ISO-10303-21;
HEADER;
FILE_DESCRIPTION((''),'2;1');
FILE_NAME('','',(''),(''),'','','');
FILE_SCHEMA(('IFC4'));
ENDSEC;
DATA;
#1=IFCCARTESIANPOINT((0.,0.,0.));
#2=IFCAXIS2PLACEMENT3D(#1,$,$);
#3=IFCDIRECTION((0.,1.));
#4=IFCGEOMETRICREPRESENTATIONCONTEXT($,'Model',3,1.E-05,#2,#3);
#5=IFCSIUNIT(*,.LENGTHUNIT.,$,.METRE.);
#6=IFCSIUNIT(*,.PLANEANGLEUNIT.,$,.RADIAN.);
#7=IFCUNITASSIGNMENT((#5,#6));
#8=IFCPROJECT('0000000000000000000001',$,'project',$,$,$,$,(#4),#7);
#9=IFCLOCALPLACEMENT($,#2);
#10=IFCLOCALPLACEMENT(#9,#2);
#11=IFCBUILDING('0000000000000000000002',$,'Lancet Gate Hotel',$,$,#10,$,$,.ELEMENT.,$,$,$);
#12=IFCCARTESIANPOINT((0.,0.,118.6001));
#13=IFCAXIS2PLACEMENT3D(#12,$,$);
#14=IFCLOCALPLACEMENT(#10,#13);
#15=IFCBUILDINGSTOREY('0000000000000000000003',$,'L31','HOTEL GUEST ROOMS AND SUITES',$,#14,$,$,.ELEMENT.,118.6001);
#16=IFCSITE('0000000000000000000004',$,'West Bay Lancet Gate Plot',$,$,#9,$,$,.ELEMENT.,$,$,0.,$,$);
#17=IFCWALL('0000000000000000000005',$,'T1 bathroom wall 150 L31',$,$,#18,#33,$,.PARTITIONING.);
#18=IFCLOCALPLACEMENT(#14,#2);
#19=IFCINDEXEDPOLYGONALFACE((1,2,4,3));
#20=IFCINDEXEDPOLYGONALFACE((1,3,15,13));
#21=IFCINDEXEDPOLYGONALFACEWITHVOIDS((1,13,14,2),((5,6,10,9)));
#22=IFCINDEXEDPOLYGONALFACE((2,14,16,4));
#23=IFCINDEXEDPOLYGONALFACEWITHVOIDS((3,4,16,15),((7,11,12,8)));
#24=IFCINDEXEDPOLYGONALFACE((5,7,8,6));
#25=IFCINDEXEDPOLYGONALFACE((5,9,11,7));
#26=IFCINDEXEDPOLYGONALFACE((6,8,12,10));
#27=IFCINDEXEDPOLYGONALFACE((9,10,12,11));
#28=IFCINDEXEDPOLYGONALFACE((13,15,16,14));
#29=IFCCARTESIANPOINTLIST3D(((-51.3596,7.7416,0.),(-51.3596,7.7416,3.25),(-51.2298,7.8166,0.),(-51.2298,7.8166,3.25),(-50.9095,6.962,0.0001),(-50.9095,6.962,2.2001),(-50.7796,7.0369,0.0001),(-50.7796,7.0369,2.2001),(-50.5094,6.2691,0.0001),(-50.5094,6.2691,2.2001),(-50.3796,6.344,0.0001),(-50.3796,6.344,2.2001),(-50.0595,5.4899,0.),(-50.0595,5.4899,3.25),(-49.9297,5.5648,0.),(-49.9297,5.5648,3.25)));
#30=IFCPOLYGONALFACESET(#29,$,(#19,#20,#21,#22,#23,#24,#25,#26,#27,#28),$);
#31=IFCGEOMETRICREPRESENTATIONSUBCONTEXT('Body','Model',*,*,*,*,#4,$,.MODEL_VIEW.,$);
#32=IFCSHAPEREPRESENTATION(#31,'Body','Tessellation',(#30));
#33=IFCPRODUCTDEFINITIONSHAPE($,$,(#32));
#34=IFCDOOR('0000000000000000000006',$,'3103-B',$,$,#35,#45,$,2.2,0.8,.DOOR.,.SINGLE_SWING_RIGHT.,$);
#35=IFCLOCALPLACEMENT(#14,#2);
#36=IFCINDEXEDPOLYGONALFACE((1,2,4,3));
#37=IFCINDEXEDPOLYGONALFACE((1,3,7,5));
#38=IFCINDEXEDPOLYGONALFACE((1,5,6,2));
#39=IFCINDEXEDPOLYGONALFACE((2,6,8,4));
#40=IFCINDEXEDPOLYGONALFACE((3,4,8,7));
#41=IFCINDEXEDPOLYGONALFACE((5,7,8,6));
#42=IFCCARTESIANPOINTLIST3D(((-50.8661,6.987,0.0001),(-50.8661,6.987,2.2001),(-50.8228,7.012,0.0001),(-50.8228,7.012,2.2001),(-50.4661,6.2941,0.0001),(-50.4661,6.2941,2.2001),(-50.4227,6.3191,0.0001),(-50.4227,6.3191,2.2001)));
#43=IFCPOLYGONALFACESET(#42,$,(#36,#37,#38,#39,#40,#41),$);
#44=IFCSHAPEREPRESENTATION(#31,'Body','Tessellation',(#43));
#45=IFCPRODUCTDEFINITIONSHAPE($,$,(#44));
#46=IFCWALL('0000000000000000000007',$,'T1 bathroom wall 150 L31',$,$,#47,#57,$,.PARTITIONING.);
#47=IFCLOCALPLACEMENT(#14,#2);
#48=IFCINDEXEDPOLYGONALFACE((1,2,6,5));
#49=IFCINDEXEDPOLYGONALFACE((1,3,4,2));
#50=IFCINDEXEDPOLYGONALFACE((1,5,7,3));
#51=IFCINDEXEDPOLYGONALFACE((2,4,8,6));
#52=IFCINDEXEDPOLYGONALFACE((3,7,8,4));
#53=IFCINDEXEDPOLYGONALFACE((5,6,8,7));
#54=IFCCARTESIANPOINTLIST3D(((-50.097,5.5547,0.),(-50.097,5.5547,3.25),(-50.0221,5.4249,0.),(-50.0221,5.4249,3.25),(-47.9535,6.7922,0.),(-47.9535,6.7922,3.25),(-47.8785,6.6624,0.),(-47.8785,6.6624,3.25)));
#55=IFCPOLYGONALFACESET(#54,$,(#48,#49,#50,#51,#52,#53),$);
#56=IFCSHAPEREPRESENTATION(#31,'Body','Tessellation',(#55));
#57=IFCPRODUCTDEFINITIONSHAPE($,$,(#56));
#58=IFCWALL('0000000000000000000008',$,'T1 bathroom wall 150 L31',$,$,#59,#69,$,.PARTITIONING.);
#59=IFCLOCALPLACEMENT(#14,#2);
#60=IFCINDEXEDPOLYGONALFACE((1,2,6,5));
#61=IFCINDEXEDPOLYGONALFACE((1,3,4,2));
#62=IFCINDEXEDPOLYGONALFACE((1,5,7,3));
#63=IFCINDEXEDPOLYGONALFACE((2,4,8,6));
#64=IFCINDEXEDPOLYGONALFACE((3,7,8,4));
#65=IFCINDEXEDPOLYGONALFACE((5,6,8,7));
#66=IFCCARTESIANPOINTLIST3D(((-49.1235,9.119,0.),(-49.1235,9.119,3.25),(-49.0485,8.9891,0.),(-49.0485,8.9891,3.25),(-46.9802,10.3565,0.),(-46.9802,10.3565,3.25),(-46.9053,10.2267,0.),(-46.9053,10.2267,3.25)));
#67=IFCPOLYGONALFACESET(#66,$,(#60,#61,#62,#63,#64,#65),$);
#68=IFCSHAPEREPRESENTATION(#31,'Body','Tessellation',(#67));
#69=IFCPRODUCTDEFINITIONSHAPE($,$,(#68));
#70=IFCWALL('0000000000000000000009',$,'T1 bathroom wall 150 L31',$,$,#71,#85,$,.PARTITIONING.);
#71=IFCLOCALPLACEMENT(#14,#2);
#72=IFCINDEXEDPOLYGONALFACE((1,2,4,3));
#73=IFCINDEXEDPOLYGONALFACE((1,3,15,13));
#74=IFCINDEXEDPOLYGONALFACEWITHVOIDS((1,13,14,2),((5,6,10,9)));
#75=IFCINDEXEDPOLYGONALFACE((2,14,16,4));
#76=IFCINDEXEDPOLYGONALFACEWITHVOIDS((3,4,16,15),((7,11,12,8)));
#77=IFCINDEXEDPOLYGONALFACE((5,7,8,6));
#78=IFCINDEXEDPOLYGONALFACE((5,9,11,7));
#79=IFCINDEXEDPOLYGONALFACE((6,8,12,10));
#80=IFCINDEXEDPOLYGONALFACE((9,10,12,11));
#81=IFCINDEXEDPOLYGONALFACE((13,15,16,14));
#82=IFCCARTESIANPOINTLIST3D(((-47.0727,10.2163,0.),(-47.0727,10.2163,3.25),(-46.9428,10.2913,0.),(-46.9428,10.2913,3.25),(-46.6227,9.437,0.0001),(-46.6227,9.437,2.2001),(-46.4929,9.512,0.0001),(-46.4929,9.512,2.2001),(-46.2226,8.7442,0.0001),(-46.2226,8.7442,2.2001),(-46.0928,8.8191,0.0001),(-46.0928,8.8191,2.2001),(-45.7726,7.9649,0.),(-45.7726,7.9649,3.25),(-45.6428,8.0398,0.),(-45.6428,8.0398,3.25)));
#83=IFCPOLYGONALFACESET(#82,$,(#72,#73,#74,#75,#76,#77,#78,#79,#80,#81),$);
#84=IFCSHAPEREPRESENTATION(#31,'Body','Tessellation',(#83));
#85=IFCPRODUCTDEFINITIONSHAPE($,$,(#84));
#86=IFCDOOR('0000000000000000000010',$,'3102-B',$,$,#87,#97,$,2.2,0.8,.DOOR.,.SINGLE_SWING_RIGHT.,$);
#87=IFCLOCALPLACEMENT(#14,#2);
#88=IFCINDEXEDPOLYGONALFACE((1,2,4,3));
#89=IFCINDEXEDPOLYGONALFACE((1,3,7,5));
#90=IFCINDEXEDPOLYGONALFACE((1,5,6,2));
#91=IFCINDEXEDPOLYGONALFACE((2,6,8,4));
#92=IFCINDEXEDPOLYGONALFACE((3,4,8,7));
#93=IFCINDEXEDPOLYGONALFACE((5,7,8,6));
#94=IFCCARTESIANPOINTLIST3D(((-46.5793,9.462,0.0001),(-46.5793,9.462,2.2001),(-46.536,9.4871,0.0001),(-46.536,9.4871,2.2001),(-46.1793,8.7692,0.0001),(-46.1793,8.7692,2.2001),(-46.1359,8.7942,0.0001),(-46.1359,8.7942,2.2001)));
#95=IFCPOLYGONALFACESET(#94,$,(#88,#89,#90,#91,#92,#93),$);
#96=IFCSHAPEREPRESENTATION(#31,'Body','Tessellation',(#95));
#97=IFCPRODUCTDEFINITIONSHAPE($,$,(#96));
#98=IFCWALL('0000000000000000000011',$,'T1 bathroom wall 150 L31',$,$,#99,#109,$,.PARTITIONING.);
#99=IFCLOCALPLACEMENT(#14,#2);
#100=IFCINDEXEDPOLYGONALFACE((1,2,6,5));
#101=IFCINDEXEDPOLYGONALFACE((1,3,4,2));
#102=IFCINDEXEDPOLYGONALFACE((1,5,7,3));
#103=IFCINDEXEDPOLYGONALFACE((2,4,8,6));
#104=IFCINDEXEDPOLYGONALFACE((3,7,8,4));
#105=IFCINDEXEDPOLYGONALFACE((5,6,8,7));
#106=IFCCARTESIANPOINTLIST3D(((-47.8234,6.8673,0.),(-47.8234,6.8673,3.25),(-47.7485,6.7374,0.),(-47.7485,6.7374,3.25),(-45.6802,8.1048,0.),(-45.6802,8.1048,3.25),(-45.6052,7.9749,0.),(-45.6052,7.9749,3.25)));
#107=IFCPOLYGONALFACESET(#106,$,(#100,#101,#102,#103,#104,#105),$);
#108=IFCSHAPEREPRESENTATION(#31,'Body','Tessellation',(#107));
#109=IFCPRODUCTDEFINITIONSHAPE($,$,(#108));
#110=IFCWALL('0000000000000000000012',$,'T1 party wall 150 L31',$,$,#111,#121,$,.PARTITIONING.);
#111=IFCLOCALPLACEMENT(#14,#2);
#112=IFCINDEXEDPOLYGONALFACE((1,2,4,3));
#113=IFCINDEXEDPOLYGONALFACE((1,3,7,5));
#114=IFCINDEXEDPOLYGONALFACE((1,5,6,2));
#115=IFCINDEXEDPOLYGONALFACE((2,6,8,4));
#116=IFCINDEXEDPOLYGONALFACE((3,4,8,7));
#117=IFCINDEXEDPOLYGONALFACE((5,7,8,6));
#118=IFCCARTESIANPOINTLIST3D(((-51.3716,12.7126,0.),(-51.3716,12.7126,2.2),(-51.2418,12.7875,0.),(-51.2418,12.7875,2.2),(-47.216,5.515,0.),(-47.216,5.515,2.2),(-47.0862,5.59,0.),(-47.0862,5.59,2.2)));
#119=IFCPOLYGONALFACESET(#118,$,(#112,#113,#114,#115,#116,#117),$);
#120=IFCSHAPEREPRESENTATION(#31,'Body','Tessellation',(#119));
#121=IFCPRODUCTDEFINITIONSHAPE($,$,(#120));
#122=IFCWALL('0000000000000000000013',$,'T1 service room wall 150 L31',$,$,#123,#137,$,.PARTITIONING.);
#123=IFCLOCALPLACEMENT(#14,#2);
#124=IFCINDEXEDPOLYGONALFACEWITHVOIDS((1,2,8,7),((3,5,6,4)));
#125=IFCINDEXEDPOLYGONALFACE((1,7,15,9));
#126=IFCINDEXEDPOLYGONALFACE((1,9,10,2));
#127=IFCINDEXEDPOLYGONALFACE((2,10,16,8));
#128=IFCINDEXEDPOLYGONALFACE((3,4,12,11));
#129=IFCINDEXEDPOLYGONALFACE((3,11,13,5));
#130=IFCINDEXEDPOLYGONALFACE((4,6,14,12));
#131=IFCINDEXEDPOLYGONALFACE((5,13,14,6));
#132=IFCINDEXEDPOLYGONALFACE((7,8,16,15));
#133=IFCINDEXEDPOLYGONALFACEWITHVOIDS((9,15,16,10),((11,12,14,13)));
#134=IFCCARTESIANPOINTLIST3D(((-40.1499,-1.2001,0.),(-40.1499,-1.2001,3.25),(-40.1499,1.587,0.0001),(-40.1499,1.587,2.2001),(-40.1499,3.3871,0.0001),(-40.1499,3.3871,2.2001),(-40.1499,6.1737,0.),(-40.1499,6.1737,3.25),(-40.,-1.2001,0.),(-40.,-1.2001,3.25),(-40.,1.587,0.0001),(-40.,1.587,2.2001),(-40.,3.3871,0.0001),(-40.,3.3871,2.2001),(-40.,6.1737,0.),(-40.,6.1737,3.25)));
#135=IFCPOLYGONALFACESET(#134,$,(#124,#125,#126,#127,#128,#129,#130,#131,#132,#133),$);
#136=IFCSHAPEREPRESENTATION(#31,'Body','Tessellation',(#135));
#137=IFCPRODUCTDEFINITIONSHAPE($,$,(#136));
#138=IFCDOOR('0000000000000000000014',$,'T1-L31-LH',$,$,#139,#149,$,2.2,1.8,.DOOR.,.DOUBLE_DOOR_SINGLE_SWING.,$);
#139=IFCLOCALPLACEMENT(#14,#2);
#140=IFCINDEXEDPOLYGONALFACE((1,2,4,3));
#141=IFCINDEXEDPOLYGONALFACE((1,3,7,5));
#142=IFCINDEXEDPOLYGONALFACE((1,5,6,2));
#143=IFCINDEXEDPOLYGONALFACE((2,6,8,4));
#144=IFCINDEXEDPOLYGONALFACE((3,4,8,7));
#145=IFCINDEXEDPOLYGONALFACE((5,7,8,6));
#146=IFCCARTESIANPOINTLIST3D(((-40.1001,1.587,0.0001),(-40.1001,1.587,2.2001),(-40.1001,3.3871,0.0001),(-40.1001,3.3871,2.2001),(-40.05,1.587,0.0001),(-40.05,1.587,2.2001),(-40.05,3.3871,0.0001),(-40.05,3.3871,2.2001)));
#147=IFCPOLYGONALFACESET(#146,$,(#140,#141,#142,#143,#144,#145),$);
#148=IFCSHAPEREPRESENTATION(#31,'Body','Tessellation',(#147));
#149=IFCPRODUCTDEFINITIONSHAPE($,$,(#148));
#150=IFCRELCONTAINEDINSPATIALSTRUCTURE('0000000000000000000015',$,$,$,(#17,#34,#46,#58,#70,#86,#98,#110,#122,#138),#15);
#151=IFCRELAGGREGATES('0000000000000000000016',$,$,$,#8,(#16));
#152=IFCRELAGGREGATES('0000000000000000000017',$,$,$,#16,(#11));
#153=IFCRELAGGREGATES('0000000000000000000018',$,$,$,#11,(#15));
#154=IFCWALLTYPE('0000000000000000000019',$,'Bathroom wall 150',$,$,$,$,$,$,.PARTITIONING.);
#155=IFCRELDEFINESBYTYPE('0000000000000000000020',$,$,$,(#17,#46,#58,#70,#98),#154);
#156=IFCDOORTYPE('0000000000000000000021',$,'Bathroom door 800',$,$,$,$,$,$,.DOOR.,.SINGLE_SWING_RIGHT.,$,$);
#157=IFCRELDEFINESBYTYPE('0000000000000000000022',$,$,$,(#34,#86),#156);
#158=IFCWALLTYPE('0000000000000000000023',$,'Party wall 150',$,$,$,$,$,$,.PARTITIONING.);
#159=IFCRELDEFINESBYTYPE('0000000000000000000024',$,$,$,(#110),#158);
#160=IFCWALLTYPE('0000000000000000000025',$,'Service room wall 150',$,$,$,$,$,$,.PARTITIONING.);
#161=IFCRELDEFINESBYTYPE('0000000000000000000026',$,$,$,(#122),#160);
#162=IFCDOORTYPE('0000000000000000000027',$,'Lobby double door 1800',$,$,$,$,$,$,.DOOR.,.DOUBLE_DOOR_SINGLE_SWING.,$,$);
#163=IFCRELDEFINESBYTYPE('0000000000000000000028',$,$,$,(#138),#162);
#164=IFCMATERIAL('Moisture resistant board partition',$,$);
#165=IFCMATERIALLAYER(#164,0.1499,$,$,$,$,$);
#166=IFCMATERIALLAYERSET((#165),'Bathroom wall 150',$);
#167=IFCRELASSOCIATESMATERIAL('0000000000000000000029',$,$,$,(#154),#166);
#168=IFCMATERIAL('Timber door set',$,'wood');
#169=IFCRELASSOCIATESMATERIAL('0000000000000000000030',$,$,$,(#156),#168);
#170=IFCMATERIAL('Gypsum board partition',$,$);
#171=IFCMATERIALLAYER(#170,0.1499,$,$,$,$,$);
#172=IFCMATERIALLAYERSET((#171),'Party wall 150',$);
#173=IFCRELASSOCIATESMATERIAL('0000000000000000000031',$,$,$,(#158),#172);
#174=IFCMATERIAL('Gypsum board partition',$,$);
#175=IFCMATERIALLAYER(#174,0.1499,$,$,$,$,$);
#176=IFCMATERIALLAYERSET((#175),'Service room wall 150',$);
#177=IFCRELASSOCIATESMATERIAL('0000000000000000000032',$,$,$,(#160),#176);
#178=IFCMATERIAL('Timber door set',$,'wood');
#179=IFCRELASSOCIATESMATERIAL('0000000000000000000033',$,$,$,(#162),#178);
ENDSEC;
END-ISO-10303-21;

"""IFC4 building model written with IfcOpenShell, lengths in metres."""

from ifc_helpers import new_model, si_unit, direction, frame, frame_2d, origin, place, context, subcontext, project, spatial, rectangle, extrude, material, layer, layer_set, type_object, element, fill, save


model = new_model("IFC4")

# Units and contexts
model_context = context("Model", 3, precision=1e-05, world=origin(), true_north=direction((0.0, 1.0)))
body_context = subcontext(model_context, "Body", "Model", "MODEL_VIEW")
ifc_project = project(units=[si_unit("LENGTHUNIT", "METRE"), si_unit("PLANEANGLEUNIT", "RADIAN")], contexts=[model_context])

# Site, building, storey
site_placement = place(None, origin())
site = spatial("IfcSite", under=ifc_project, at=site_placement, Name="West Bay Lancet Gate Plot", CompositionType="ELEMENT", RefElevation=0.0)
building_placement = place(site_placement, origin())
building = spatial("IfcBuilding", under=site, at=building_placement, Name="Lancet Gate Hotel", CompositionType="ELEMENT")
storey_placement = place(building_placement, frame((0.0, 0.0, 118.6001)))
storey = spatial("IfcBuildingStorey", under=building, at=storey_placement, Name="L31", Description="HOTEL GUEST ROOMS AND SUITES", CompositionType="ELEMENT", Elevation=118.6001)

# Shared definitions
ifc_material_1 = material(Name="Moisture resistant board partition")
ifc_layer_1 = layer(ifc_material_1, 0.1499)
ifc_layer_set_1 = layer_set([ifc_layer_1], Name="Bathroom wall 150")
wall_type_1 = type_object("IfcWallType", Name="Bathroom wall 150", PredefinedType="PARTITIONING", material=ifc_layer_set_1)

# Wall, opening, door
wall_1_placement = place(storey_placement, frame((-49.9946, 5.5273, 0.0), z_axis=(0.0, 0.0, 1.0), x_axis=(-0.500007, 0.866021, 0.0)))
wall_1 = element("IfcWall", 1, at=wall_1_placement, inside=storey, type_object=wall_type_1, Name="T1 bathroom wall 150 L31", PredefinedType="PARTITIONING", context=body_context, shape_type="SweptSolid", body=[
    extrude(rectangle(XDim=2.6001, YDim=0.1499, at=frame_2d((1.3, 0.0))), origin(), (0.0, 0.0, 1.0), 3.25),
])
opening_1_placement = place(wall_1_placement, frame((0.8999, 0.0, 0.0)))
opening_1 = element("IfcOpeningElement", 2, at=opening_1_placement, cuts=wall_1, PredefinedType="OPENING", context=body_context, shape_type="SweptSolid", body=[
    extrude(rectangle(XDim=0.8, YDim=2.2, at=frame_2d((0.3999, 1.1001))), frame((0.0, 0.085, 0.0), z_axis=(0.0, -1.0, 0.0), x_axis=(1.0, 0.0, 0.0)), (0.0, 0.0, 1.0), 0.1699),
])
ifc_material_2 = material(Name="Timber door set", Category="wood")
door_type_1 = type_object("IfcDoorType", Name="Bathroom door 800", OperationType="SINGLE_SWING_RIGHT", PredefinedType="DOOR", material=ifc_material_2)
door_1_placement = place(opening_1_placement, origin())
door_1 = element("IfcDoor", 3, at=door_1_placement, inside=storey, type_object=door_type_1, Name="3103-B", OperationType="SINGLE_SWING_RIGHT", OverallHeight=2.2, OverallWidth=0.8, PredefinedType="DOOR", context=body_context, shape_type="SweptSolid", body=[
    extrude(rectangle(XDim=0.8, YDim=2.2, at=frame_2d((0.3999, 1.1001))), frame((0.0, 0.0249, 0.0), z_axis=(0.0, -1.0, 0.0), x_axis=(1.0, 0.0, 0.0)), (0.0, 0.0, 1.0), 0.05),
])
fill(opening_1, door_1)

# Walls
wall_2_placement = place(storey_placement, frame((-47.916, 6.7273, 0.0), z_axis=(0.0, 0.0, 1.0), x_axis=(-0.866031, -0.49999, 0.0)))
element("IfcWall", 4, at=wall_2_placement, inside=storey, type_object=wall_type_1, Name="T1 bathroom wall 150 L31", PredefinedType="PARTITIONING", context=body_context, shape_type="SweptSolid", body=[
    extrude(rectangle(XDim=2.4751, YDim=0.1499, at=frame_2d((1.2375, 0.0))), origin(), (0.0, 0.0, 1.0), 3.25),
])
wall_3_placement = place(storey_placement, frame((-46.9429, 10.2915, 0.0), z_axis=(0.0, 0.0, 1.0), x_axis=(-0.866007, -0.500033, 0.0)))
element("IfcWall", 5, at=wall_3_placement, inside=storey, type_object=wall_type_1, Name="T1 bathroom wall 150 L31", PredefinedType="PARTITIONING", context=body_context, shape_type="SweptSolid", body=[
    extrude(rectangle(XDim=2.4749, YDim=0.1499, at=frame_2d((1.2373, 0.0))), origin(), (0.0, 0.0, 1.0), 3.25),
])

# Wall, opening, door
wall_4_placement = place(storey_placement, frame((-45.7078, 8.0024, 0.0), z_axis=(0.0, 0.0, 1.0), x_axis=(-0.500048, 0.865998, 0.0)))
wall_4 = element("IfcWall", 6, at=wall_4_placement, inside=storey, type_object=wall_type_1, Name="T1 bathroom wall 150 L31", PredefinedType="PARTITIONING", context=body_context, shape_type="SweptSolid", body=[
    extrude(rectangle(XDim=2.5999, YDim=0.1499, at=frame_2d((1.2998, 0.0))), origin(), (0.0, 0.0, 1.0), 3.25),
])
opening_2_placement = place(wall_4_placement, frame((0.8999, 0.0, 0.0)))
opening_2 = element("IfcOpeningElement", 7, at=opening_2_placement, cuts=wall_4, PredefinedType="OPENING", context=body_context, shape_type="SweptSolid", body=[
    extrude(rectangle(XDim=0.8, YDim=2.2, at=frame_2d((0.3999, 1.1001))), frame((0.0, 0.085, 0.0), z_axis=(0.0, -1.0, 0.0), x_axis=(1.0, 0.0, 0.0)), (0.0, 0.0, 1.0), 0.1699),
])
door_2_placement = place(opening_2_placement, origin())
door_2 = element("IfcDoor", 8, at=door_2_placement, inside=storey, type_object=door_type_1, Name="3102-B", OperationType="SINGLE_SWING_RIGHT", OverallHeight=2.2, OverallWidth=0.8, PredefinedType="DOOR", context=body_context, shape_type="SweptSolid", body=[
    extrude(rectangle(XDim=0.8, YDim=2.2, at=frame_2d((0.3999, 1.1001))), frame((0.0, 0.0249, 0.0), z_axis=(0.0, -1.0, 0.0), x_axis=(1.0, 0.0, 0.0)), (0.0, 0.0, 1.0), 0.05),
])
fill(opening_2, door_2)

# Walls
wall_5_placement = place(storey_placement, frame((-45.6428, 8.0398, 0.0), z_axis=(0.0, 0.0, 1.0), x_axis=(-0.866007, -0.500033, 0.0)))
element("IfcWall", 9, at=wall_5_placement, inside=storey, type_object=wall_type_1, Name="T1 bathroom wall 150 L31", PredefinedType="PARTITIONING", context=body_context, shape_type="SweptSolid", body=[
    extrude(rectangle(XDim=2.4749, YDim=0.1499, at=frame_2d((1.2373, 0.0))), origin(), (0.0, 0.0, 1.0), 3.25),
])
ifc_material_3 = material(Name="Gypsum board partition")
ifc_layer_2 = layer(ifc_material_3, 0.1499)
ifc_layer_set_2 = layer_set([ifc_layer_2], Name="Party wall 150")
wall_type_2 = type_object("IfcWallType", Name="Party wall 150", PredefinedType="PARTITIONING", material=ifc_layer_set_2)
wall_6_placement = place(storey_placement, frame((-47.1511, 5.5525, 0.0), z_axis=(0.0, 0.0, 1.0), x_axis=(-0.500003, 0.866024, 0.0)))
element("IfcWall", 10, at=wall_6_placement, inside=storey, type_object=wall_type_2, Name="T1 party wall 150 L31", PredefinedType="PARTITIONING", context=body_context, shape_type="SweptSolid", body=[
    extrude(rectangle(XDim=8.311, YDim=0.1499, at=frame_2d((4.1555, 0.0))), origin(), (0.0, 0.0, 1.0), 2.2),
])

# Wall, opening, door
ifc_material_4 = material(Name="Gypsum board partition")
ifc_layer_3 = layer(ifc_material_4, 0.1499)
ifc_layer_set_3 = layer_set([ifc_layer_3], Name="Service room wall 150")
wall_type_3 = type_object("IfcWallType", Name="Service room wall 150", PredefinedType="PARTITIONING", material=ifc_layer_set_3)
wall_7_placement = place(storey_placement, frame((-40.075, 6.1738, 0.0), z_axis=(0.0, 0.0, 1.0), x_axis=(0.0, -1.0, 0.0)))
wall_7 = element("IfcWall", 11, at=wall_7_placement, inside=storey, type_object=wall_type_3, Name="T1 service room wall 150 L31", PredefinedType="PARTITIONING", context=body_context, shape_type="SweptSolid", body=[
    extrude(rectangle(XDim=7.3738, YDim=0.1499, at=frame_2d((3.687, 0.0))), origin(), (0.0, 0.0, 1.0), 3.25),
])
opening_3_placement = place(wall_7_placement, frame((2.7869, 0.0, 0.0)))
opening_3 = element("IfcOpeningElement", 12, at=opening_3_placement, cuts=wall_7, PredefinedType="OPENING", context=body_context, shape_type="SweptSolid", body=[
    extrude(rectangle(XDim=1.8, YDim=2.2, at=frame_2d((0.8999, 1.1001))), frame((0.0, 0.085, 0.0), z_axis=(0.0, -1.0, 0.0), x_axis=(1.0, 0.0, 0.0)), (0.0, 0.0, 1.0), 0.1699),
])
ifc_material_5 = material(Name="Timber door set", Category="wood")
door_type_2 = type_object("IfcDoorType", Name="Lobby double door 1800", OperationType="DOUBLE_DOOR_SINGLE_SWING", PredefinedType="DOOR", material=ifc_material_5)
door_3_placement = place(opening_3_placement, origin())
door_3 = element("IfcDoor", 13, at=door_3_placement, inside=storey, type_object=door_type_2, Name="T1-L31-LH", OperationType="DOUBLE_DOOR_SINGLE_SWING", OverallHeight=2.2, OverallWidth=1.8, PredefinedType="DOOR", context=body_context, shape_type="SweptSolid", body=[
    extrude(rectangle(XDim=1.8, YDim=2.2, at=frame_2d((0.8999, 1.1001))), frame((0.0, 0.0249, 0.0), z_axis=(0.0, -1.0, 0.0), x_axis=(1.0, 0.0, 0.0)), (0.0, 0.0, 1.0), 0.05),
])
fill(opening_3, door_3)

save(model, "model.ifc")
